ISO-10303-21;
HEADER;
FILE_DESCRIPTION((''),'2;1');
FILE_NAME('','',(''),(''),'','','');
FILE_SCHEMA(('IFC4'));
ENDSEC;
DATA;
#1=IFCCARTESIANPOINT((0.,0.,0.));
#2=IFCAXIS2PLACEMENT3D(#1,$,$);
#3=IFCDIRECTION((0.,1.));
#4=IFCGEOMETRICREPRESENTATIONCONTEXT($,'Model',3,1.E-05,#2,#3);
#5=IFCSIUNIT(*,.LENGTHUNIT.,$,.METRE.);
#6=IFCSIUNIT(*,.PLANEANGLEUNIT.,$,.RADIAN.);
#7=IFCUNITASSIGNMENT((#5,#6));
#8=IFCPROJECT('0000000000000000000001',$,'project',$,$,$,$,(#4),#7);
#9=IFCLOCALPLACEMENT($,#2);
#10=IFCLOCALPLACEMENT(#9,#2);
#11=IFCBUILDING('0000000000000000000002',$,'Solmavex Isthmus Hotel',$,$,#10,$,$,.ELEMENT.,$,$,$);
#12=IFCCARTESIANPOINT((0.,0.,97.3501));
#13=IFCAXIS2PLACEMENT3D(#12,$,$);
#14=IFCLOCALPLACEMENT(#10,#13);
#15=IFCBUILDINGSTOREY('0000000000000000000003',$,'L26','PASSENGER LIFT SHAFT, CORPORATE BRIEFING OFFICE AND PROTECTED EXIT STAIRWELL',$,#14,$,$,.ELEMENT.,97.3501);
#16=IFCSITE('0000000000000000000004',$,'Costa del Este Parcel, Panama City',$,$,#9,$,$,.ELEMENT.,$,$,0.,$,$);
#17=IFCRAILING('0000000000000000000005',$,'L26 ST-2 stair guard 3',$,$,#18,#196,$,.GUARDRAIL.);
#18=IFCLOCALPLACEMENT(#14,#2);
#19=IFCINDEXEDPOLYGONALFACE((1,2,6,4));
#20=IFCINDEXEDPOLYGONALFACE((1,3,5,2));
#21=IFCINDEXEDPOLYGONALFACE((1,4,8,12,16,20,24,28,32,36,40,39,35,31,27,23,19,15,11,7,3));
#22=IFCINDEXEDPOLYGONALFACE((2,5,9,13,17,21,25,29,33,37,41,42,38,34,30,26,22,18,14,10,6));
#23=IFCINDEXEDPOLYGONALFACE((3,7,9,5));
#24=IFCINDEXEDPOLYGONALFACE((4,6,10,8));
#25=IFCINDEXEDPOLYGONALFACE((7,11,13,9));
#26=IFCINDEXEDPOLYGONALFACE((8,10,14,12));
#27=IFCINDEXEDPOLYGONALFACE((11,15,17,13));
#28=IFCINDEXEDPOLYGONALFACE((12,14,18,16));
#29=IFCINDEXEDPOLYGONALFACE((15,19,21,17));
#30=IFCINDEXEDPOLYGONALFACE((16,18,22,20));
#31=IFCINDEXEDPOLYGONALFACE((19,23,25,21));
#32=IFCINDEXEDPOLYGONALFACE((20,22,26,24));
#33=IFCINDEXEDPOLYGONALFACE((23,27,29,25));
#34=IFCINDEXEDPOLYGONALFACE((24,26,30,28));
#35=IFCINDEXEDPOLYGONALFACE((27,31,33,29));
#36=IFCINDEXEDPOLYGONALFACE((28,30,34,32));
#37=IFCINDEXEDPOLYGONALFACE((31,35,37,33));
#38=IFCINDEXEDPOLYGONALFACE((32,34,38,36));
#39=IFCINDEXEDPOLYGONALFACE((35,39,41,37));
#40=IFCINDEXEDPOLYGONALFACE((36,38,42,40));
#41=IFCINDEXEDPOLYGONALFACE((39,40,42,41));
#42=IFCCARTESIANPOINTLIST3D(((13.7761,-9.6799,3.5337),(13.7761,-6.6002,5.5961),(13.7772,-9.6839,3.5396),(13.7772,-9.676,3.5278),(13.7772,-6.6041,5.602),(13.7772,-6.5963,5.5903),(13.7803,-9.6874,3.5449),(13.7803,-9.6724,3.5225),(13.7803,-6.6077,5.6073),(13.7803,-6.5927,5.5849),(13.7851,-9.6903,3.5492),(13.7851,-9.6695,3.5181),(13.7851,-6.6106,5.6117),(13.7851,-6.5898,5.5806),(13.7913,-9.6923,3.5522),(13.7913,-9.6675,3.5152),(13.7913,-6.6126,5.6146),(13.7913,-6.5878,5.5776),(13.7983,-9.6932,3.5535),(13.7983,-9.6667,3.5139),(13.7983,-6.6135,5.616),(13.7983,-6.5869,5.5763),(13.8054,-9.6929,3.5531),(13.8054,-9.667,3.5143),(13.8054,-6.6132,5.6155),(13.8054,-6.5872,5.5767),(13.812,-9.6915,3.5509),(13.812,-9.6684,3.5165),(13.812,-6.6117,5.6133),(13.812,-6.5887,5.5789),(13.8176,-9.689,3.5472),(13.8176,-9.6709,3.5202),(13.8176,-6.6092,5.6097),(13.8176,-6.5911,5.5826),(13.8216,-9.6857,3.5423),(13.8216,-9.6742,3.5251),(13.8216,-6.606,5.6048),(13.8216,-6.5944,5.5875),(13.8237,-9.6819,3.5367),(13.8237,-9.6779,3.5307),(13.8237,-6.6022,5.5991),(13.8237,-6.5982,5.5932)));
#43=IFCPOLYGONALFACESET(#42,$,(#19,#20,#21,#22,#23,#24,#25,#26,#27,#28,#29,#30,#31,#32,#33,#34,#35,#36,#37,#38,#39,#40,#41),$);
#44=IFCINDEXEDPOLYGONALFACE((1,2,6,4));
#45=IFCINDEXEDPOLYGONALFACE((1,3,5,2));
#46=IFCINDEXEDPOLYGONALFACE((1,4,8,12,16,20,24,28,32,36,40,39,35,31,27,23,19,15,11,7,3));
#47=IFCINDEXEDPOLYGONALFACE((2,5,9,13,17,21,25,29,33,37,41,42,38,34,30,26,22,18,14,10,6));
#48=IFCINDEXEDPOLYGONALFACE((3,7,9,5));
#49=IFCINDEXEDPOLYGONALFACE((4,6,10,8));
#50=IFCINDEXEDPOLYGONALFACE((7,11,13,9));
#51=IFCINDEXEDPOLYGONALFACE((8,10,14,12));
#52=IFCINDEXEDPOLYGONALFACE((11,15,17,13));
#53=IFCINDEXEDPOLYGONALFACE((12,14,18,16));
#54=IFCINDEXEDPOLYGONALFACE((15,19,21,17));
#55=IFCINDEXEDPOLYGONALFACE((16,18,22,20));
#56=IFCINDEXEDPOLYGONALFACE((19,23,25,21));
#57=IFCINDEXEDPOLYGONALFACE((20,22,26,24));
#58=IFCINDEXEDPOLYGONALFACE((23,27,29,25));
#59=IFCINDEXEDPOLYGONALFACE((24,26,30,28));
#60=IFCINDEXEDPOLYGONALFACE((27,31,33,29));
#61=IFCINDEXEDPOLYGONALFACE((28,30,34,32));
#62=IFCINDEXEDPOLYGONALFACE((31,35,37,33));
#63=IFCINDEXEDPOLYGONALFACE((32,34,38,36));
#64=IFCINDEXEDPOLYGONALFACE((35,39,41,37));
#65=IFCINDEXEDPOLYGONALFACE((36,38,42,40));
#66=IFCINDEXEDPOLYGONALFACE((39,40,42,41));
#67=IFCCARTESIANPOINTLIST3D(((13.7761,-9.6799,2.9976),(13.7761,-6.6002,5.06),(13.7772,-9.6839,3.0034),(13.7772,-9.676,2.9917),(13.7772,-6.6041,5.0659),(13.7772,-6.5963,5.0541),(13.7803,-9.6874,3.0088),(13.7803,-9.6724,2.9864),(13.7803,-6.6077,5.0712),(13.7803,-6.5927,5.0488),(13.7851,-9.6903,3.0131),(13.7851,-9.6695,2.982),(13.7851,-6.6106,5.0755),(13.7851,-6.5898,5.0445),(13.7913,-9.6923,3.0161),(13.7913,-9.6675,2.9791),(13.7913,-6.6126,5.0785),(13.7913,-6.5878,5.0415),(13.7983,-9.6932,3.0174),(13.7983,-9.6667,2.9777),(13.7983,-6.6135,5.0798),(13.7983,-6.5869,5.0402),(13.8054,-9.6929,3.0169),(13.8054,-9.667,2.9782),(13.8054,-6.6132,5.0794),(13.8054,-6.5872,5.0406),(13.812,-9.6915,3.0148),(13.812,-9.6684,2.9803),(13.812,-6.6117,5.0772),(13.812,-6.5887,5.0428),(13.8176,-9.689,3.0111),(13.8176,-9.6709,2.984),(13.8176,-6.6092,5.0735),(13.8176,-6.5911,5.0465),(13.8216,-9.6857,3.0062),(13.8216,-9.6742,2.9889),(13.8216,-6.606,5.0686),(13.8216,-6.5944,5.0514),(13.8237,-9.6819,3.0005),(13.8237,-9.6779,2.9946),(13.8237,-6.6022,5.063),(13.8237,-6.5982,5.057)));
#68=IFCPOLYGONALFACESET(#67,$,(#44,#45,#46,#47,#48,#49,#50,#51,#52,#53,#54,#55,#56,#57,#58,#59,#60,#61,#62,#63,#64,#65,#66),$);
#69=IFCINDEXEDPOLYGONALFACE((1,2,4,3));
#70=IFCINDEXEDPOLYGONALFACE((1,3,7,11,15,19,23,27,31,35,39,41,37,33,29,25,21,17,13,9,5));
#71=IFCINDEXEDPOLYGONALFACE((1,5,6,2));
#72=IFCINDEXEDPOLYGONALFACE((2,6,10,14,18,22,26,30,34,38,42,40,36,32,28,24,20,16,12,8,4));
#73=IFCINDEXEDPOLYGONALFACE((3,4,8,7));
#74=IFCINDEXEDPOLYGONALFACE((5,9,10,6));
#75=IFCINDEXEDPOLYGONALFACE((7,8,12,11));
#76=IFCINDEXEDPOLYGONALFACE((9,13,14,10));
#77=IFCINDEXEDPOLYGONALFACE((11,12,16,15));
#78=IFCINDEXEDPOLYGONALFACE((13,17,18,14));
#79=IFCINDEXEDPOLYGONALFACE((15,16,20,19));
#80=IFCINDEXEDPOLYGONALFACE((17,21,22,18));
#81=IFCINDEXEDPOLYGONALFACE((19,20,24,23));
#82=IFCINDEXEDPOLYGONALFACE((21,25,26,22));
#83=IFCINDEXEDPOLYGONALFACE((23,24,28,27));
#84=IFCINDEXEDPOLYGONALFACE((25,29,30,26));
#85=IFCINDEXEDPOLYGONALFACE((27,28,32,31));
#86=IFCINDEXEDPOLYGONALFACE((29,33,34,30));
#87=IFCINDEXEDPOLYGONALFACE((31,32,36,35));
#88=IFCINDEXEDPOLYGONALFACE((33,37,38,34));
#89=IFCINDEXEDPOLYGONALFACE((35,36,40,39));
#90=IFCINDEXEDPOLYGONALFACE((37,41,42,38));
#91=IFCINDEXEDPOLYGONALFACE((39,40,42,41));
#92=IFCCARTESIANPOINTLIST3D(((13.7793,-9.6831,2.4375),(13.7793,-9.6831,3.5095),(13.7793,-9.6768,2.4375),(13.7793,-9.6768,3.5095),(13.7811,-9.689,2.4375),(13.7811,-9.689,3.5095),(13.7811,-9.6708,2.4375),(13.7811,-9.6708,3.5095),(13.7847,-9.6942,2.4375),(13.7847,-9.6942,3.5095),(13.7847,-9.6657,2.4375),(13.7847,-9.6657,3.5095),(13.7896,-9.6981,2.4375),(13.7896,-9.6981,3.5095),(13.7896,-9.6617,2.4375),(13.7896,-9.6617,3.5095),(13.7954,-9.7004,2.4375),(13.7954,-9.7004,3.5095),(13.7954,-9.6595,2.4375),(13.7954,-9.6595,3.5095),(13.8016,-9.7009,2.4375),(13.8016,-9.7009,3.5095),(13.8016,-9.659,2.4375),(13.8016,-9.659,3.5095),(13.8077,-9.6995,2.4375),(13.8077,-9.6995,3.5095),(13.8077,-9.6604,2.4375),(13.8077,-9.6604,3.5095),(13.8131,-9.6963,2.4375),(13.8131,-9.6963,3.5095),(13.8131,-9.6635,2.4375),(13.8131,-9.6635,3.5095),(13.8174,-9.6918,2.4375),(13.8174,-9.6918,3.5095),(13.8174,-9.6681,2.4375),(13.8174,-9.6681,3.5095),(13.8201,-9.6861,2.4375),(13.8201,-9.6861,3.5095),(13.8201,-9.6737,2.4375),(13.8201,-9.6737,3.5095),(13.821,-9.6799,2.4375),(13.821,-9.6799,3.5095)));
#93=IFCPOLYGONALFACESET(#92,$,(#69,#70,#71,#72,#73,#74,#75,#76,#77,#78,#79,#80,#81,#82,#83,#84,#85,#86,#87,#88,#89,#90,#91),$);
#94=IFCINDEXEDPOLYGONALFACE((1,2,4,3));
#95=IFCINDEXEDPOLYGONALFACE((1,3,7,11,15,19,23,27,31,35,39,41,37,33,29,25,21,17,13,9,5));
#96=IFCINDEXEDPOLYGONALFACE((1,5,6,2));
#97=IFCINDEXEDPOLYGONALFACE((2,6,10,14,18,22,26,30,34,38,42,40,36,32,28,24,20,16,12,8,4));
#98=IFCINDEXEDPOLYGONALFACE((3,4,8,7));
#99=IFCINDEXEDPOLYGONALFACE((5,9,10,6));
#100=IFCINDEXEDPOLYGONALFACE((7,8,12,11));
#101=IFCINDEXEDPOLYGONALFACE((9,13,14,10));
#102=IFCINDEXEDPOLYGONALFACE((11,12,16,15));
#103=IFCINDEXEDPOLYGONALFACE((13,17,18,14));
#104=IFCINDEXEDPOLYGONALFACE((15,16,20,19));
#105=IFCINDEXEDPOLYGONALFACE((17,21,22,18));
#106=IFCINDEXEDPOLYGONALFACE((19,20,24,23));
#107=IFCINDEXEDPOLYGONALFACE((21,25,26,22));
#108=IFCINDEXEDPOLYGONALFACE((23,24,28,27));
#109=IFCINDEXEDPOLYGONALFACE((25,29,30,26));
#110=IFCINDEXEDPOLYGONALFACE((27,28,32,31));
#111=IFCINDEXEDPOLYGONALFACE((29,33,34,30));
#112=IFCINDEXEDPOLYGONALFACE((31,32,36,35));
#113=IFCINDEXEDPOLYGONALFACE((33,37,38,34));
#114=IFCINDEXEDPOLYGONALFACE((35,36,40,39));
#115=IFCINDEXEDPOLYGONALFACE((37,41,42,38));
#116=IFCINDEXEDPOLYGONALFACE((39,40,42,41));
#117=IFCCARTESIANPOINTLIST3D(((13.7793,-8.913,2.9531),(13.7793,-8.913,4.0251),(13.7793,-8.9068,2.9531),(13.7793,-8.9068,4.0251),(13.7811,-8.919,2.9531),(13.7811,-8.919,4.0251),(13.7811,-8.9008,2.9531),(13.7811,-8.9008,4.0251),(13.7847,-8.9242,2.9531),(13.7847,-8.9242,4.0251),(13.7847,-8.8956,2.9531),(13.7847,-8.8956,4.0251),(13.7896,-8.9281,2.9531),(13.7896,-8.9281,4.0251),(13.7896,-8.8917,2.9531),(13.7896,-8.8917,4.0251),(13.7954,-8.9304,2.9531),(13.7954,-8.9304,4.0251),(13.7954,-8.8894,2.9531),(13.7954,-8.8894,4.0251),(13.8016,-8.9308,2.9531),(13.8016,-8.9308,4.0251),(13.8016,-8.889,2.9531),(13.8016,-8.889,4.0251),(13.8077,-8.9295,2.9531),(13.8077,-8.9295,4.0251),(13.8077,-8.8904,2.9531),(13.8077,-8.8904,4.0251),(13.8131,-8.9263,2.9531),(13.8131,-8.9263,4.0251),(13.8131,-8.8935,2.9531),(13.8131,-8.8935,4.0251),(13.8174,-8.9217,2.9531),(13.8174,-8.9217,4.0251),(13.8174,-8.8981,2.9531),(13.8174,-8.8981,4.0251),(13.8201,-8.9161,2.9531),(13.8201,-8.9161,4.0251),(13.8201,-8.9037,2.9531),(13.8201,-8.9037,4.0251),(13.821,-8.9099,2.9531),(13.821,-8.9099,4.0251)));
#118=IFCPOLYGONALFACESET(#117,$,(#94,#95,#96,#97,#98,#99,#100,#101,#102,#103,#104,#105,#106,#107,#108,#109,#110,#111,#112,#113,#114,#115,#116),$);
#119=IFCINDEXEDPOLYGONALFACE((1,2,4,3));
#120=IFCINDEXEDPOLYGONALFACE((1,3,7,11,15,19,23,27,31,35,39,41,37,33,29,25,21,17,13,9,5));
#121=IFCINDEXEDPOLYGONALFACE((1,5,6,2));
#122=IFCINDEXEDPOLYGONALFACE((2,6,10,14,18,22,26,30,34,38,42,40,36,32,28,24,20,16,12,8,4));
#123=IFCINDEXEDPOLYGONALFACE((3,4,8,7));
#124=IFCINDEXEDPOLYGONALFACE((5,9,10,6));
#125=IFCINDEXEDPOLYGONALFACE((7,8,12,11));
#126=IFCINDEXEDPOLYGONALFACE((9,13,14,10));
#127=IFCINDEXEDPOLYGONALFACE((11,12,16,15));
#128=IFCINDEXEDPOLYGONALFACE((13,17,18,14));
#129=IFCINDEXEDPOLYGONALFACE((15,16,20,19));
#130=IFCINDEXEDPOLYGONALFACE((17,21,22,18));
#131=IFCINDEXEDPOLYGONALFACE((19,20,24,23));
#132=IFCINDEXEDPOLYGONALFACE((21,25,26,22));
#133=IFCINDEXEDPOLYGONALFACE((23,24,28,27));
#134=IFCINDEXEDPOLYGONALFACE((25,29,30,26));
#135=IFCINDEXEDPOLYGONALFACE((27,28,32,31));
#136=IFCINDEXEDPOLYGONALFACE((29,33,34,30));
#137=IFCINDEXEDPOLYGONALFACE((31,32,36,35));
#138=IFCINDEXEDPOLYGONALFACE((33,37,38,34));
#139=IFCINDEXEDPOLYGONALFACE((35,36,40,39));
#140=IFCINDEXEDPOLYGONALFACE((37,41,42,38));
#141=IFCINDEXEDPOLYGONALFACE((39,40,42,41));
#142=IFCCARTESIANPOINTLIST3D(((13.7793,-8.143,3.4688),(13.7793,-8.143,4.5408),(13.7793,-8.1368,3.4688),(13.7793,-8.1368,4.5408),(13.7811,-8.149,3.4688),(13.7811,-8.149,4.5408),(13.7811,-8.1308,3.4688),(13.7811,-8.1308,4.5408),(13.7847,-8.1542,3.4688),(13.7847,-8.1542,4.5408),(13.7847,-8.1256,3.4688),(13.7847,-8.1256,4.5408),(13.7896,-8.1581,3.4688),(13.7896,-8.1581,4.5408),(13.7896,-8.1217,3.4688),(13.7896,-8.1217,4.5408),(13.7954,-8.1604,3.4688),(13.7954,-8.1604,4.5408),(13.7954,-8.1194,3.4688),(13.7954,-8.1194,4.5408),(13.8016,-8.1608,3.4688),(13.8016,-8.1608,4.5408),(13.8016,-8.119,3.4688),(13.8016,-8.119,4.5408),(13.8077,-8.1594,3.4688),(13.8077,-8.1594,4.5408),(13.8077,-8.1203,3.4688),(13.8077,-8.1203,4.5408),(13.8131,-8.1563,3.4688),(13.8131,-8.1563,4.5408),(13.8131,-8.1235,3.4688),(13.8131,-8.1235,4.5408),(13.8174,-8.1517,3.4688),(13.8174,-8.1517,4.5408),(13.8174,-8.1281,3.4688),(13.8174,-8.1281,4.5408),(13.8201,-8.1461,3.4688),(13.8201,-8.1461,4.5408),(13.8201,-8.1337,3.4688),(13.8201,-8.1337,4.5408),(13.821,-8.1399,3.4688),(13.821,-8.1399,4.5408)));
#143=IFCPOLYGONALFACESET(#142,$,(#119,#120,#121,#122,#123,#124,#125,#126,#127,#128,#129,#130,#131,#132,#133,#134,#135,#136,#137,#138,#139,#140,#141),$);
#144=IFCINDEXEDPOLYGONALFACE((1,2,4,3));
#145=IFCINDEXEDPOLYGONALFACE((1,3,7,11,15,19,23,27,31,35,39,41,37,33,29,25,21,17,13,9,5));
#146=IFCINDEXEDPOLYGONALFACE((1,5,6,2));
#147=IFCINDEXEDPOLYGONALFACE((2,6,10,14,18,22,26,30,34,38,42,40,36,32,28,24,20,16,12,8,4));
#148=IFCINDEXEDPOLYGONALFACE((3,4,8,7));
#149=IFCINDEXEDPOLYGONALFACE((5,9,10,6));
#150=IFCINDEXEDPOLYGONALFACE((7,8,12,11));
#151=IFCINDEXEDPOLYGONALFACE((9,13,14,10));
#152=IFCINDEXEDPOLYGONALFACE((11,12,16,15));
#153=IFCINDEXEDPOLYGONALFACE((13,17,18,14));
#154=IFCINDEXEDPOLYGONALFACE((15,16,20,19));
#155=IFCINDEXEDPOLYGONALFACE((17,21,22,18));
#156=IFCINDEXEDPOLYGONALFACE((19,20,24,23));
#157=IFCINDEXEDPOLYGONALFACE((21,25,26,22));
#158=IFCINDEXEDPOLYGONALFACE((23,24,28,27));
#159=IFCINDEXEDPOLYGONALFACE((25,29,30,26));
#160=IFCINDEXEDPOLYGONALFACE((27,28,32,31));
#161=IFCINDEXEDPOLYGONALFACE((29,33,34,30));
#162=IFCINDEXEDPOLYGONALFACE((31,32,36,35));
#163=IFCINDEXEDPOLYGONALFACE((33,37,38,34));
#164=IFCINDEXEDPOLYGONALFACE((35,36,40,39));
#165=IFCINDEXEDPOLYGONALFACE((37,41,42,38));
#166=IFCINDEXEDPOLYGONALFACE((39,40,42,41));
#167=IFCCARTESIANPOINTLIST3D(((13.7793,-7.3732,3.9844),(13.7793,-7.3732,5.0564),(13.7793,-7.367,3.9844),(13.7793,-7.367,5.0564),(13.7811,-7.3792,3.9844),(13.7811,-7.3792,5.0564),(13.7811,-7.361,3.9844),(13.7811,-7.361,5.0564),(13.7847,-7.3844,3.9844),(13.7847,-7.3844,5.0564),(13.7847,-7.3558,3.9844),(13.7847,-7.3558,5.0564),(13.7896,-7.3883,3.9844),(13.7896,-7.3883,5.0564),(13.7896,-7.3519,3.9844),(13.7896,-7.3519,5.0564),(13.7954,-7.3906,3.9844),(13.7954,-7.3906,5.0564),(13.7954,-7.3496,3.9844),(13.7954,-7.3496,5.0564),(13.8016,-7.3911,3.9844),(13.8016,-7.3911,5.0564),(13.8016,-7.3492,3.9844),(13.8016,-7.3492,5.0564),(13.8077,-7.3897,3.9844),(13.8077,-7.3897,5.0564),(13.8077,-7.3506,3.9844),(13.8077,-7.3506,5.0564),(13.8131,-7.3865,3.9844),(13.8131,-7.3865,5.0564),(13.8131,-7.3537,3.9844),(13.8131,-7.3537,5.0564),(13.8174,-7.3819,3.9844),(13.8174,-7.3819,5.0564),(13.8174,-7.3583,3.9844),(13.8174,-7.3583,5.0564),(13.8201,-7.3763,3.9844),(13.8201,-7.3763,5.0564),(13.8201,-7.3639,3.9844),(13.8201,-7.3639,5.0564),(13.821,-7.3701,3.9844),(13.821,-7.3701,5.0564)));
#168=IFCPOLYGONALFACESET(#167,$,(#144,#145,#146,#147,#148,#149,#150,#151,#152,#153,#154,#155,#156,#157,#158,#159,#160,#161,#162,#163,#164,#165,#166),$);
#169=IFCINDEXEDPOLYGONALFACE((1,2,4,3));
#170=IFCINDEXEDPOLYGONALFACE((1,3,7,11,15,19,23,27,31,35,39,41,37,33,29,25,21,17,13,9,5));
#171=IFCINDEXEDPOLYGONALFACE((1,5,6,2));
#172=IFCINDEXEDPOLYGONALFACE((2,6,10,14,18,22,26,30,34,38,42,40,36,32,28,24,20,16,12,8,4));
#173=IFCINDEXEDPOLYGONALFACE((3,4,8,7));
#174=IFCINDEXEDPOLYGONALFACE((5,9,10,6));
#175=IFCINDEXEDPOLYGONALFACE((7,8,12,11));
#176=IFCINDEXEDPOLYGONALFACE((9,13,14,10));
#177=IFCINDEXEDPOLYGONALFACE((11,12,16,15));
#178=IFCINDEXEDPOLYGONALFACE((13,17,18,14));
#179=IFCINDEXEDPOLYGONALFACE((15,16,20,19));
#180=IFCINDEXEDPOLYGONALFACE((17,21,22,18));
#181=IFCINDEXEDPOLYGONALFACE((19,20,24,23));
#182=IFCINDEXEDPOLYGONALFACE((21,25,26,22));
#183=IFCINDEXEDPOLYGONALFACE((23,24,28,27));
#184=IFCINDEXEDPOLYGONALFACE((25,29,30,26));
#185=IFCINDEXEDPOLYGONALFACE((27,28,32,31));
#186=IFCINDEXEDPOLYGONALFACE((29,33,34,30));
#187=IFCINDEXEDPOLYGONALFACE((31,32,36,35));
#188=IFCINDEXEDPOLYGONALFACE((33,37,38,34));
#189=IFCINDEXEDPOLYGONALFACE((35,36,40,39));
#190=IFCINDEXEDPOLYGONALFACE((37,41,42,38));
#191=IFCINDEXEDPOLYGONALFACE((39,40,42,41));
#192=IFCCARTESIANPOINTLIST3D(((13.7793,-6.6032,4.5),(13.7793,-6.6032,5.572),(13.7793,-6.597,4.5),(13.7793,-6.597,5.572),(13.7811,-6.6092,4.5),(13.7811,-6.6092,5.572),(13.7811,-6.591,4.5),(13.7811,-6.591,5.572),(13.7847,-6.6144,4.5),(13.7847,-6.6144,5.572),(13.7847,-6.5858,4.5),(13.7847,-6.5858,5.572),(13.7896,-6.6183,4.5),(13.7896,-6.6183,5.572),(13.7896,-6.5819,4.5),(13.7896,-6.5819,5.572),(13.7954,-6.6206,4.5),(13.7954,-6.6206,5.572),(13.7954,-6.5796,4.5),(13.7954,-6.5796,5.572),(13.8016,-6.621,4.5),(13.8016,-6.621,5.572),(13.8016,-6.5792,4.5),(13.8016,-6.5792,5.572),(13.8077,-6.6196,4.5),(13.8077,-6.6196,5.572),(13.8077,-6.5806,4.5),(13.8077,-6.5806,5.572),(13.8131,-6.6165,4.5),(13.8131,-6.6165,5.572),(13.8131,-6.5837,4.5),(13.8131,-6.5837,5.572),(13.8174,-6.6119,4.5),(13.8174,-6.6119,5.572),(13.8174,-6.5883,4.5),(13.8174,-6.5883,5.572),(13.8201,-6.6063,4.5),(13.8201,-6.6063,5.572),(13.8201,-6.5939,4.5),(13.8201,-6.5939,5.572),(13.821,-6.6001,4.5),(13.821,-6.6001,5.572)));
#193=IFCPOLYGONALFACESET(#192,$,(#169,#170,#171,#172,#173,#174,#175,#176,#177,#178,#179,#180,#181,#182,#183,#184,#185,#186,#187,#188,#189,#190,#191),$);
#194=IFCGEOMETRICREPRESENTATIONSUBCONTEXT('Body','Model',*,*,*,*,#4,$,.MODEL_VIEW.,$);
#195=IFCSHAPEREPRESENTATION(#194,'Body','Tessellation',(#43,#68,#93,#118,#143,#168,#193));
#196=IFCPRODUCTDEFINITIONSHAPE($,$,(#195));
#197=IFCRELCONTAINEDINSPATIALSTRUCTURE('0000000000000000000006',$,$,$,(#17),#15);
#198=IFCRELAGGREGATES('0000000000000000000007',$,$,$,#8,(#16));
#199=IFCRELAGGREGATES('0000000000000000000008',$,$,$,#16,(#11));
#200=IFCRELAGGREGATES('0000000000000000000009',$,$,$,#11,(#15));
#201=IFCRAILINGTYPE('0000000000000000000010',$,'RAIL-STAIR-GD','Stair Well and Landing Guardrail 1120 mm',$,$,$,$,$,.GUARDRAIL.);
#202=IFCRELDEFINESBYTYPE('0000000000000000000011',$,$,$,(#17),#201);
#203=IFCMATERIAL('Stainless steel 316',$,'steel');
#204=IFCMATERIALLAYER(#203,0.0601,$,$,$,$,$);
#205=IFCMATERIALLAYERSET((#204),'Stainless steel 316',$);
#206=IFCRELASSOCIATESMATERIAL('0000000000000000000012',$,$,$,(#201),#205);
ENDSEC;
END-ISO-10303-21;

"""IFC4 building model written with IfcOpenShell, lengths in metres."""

from ifc_helpers import new_model, si_unit, direction, frame, origin, origin_2d, place, context, subcontext, project, spatial, circle, extrude, material, layer, layer_set, type_object, element, save


model = new_model("IFC4")

# Units and contexts
model_context = context("Model", 3, precision=1e-05, world=origin(), true_north=direction((0.0, 1.0)))
body_context = subcontext(model_context, "Body", "Model", "MODEL_VIEW")
ifc_project = project(units=[si_unit("LENGTHUNIT", "METRE"), si_unit("PLANEANGLEUNIT", "RADIAN")], contexts=[model_context])

# Site, building, storey
site_placement = place(None, origin())
site = spatial("IfcSite", under=ifc_project, at=site_placement, Name="Costa del Este Parcel, Panama City", CompositionType="ELEMENT", RefElevation=0.0)
building_placement = place(site_placement, origin())
building = spatial("IfcBuilding", under=site, at=building_placement, Name="Solmavex Isthmus Hotel", CompositionType="ELEMENT")
storey_placement = place(building_placement, frame((0.0, 0.0, 97.3501)))
storey = spatial("IfcBuildingStorey", under=building, at=storey_placement, Name="L26", Description="PASSENGER LIFT SHAFT, CORPORATE BRIEFING OFFICE AND PROTECTED EXIT STAIRWELL", CompositionType="ELEMENT", Elevation=97.3501)

# Shared definitions
ifc_material_1 = material(Name="Stainless steel 316", Category="steel")

# Railing
ifc_layer_1 = layer(ifc_material_1, 0.0601)
ifc_layer_set_1 = layer_set([ifc_layer_1], Name="Stainless steel 316")
railing_type_1 = type_object("IfcRailingType", Name="RAIL-STAIR-GD", Description="Stair Well and Landing Guardrail 1120 mm", PredefinedType="GUARDRAIL", material=ifc_layer_set_1)
railing_1_placement = place(storey_placement, frame((13.8, -9.6799, 2.4375)))
element("IfcRailing", 1, at=railing_1_placement, inside=storey, type_object=railing_type_1, Name="L26 ST-2 stair guard 3", PredefinedType="GUARDRAIL", context=body_context, shape_type="SweptSolid", body=[
    extrude(circle(Radius=0.0239, at=origin_2d()), frame((0.0, 0.0, 1.0962), z_axis=(0.0, 0.830893, 0.556432), x_axis=(-1.0, 0.0, 0.0)), (0.0, 0.0, 1.0), 3.7065),
    extrude(circle(Radius=0.0239, at=origin_2d()), frame((0.0, 0.0, 0.5601), z_axis=(0.0, 0.830893, 0.556432), x_axis=(-1.0, 0.0, 0.0)), (0.0, 0.0, 1.0), 3.7065),
    extrude(circle(Radius=0.021, at=origin_2d()), origin(), (0.0, 0.0, 1.0), 1.072),
    extrude(circle(Radius=0.021, at=origin_2d()), frame((0.0, 0.77, 0.5156)), (0.0, 0.0, 1.0), 1.072),
    extrude(circle(Radius=0.021, at=origin_2d()), frame((0.0, 1.54, 1.0312)), (0.0, 0.0, 1.0), 1.072),
    extrude(circle(Radius=0.021, at=origin_2d()), frame((0.0, 2.3098, 1.5469)), (0.0, 0.0, 1.0), 1.072),
    extrude(circle(Radius=0.021, at=origin_2d()), frame((0.0, 3.0798, 2.0625)), (0.0, 0.0, 1.0), 1.072),
])

save(model, "model.ifc")
